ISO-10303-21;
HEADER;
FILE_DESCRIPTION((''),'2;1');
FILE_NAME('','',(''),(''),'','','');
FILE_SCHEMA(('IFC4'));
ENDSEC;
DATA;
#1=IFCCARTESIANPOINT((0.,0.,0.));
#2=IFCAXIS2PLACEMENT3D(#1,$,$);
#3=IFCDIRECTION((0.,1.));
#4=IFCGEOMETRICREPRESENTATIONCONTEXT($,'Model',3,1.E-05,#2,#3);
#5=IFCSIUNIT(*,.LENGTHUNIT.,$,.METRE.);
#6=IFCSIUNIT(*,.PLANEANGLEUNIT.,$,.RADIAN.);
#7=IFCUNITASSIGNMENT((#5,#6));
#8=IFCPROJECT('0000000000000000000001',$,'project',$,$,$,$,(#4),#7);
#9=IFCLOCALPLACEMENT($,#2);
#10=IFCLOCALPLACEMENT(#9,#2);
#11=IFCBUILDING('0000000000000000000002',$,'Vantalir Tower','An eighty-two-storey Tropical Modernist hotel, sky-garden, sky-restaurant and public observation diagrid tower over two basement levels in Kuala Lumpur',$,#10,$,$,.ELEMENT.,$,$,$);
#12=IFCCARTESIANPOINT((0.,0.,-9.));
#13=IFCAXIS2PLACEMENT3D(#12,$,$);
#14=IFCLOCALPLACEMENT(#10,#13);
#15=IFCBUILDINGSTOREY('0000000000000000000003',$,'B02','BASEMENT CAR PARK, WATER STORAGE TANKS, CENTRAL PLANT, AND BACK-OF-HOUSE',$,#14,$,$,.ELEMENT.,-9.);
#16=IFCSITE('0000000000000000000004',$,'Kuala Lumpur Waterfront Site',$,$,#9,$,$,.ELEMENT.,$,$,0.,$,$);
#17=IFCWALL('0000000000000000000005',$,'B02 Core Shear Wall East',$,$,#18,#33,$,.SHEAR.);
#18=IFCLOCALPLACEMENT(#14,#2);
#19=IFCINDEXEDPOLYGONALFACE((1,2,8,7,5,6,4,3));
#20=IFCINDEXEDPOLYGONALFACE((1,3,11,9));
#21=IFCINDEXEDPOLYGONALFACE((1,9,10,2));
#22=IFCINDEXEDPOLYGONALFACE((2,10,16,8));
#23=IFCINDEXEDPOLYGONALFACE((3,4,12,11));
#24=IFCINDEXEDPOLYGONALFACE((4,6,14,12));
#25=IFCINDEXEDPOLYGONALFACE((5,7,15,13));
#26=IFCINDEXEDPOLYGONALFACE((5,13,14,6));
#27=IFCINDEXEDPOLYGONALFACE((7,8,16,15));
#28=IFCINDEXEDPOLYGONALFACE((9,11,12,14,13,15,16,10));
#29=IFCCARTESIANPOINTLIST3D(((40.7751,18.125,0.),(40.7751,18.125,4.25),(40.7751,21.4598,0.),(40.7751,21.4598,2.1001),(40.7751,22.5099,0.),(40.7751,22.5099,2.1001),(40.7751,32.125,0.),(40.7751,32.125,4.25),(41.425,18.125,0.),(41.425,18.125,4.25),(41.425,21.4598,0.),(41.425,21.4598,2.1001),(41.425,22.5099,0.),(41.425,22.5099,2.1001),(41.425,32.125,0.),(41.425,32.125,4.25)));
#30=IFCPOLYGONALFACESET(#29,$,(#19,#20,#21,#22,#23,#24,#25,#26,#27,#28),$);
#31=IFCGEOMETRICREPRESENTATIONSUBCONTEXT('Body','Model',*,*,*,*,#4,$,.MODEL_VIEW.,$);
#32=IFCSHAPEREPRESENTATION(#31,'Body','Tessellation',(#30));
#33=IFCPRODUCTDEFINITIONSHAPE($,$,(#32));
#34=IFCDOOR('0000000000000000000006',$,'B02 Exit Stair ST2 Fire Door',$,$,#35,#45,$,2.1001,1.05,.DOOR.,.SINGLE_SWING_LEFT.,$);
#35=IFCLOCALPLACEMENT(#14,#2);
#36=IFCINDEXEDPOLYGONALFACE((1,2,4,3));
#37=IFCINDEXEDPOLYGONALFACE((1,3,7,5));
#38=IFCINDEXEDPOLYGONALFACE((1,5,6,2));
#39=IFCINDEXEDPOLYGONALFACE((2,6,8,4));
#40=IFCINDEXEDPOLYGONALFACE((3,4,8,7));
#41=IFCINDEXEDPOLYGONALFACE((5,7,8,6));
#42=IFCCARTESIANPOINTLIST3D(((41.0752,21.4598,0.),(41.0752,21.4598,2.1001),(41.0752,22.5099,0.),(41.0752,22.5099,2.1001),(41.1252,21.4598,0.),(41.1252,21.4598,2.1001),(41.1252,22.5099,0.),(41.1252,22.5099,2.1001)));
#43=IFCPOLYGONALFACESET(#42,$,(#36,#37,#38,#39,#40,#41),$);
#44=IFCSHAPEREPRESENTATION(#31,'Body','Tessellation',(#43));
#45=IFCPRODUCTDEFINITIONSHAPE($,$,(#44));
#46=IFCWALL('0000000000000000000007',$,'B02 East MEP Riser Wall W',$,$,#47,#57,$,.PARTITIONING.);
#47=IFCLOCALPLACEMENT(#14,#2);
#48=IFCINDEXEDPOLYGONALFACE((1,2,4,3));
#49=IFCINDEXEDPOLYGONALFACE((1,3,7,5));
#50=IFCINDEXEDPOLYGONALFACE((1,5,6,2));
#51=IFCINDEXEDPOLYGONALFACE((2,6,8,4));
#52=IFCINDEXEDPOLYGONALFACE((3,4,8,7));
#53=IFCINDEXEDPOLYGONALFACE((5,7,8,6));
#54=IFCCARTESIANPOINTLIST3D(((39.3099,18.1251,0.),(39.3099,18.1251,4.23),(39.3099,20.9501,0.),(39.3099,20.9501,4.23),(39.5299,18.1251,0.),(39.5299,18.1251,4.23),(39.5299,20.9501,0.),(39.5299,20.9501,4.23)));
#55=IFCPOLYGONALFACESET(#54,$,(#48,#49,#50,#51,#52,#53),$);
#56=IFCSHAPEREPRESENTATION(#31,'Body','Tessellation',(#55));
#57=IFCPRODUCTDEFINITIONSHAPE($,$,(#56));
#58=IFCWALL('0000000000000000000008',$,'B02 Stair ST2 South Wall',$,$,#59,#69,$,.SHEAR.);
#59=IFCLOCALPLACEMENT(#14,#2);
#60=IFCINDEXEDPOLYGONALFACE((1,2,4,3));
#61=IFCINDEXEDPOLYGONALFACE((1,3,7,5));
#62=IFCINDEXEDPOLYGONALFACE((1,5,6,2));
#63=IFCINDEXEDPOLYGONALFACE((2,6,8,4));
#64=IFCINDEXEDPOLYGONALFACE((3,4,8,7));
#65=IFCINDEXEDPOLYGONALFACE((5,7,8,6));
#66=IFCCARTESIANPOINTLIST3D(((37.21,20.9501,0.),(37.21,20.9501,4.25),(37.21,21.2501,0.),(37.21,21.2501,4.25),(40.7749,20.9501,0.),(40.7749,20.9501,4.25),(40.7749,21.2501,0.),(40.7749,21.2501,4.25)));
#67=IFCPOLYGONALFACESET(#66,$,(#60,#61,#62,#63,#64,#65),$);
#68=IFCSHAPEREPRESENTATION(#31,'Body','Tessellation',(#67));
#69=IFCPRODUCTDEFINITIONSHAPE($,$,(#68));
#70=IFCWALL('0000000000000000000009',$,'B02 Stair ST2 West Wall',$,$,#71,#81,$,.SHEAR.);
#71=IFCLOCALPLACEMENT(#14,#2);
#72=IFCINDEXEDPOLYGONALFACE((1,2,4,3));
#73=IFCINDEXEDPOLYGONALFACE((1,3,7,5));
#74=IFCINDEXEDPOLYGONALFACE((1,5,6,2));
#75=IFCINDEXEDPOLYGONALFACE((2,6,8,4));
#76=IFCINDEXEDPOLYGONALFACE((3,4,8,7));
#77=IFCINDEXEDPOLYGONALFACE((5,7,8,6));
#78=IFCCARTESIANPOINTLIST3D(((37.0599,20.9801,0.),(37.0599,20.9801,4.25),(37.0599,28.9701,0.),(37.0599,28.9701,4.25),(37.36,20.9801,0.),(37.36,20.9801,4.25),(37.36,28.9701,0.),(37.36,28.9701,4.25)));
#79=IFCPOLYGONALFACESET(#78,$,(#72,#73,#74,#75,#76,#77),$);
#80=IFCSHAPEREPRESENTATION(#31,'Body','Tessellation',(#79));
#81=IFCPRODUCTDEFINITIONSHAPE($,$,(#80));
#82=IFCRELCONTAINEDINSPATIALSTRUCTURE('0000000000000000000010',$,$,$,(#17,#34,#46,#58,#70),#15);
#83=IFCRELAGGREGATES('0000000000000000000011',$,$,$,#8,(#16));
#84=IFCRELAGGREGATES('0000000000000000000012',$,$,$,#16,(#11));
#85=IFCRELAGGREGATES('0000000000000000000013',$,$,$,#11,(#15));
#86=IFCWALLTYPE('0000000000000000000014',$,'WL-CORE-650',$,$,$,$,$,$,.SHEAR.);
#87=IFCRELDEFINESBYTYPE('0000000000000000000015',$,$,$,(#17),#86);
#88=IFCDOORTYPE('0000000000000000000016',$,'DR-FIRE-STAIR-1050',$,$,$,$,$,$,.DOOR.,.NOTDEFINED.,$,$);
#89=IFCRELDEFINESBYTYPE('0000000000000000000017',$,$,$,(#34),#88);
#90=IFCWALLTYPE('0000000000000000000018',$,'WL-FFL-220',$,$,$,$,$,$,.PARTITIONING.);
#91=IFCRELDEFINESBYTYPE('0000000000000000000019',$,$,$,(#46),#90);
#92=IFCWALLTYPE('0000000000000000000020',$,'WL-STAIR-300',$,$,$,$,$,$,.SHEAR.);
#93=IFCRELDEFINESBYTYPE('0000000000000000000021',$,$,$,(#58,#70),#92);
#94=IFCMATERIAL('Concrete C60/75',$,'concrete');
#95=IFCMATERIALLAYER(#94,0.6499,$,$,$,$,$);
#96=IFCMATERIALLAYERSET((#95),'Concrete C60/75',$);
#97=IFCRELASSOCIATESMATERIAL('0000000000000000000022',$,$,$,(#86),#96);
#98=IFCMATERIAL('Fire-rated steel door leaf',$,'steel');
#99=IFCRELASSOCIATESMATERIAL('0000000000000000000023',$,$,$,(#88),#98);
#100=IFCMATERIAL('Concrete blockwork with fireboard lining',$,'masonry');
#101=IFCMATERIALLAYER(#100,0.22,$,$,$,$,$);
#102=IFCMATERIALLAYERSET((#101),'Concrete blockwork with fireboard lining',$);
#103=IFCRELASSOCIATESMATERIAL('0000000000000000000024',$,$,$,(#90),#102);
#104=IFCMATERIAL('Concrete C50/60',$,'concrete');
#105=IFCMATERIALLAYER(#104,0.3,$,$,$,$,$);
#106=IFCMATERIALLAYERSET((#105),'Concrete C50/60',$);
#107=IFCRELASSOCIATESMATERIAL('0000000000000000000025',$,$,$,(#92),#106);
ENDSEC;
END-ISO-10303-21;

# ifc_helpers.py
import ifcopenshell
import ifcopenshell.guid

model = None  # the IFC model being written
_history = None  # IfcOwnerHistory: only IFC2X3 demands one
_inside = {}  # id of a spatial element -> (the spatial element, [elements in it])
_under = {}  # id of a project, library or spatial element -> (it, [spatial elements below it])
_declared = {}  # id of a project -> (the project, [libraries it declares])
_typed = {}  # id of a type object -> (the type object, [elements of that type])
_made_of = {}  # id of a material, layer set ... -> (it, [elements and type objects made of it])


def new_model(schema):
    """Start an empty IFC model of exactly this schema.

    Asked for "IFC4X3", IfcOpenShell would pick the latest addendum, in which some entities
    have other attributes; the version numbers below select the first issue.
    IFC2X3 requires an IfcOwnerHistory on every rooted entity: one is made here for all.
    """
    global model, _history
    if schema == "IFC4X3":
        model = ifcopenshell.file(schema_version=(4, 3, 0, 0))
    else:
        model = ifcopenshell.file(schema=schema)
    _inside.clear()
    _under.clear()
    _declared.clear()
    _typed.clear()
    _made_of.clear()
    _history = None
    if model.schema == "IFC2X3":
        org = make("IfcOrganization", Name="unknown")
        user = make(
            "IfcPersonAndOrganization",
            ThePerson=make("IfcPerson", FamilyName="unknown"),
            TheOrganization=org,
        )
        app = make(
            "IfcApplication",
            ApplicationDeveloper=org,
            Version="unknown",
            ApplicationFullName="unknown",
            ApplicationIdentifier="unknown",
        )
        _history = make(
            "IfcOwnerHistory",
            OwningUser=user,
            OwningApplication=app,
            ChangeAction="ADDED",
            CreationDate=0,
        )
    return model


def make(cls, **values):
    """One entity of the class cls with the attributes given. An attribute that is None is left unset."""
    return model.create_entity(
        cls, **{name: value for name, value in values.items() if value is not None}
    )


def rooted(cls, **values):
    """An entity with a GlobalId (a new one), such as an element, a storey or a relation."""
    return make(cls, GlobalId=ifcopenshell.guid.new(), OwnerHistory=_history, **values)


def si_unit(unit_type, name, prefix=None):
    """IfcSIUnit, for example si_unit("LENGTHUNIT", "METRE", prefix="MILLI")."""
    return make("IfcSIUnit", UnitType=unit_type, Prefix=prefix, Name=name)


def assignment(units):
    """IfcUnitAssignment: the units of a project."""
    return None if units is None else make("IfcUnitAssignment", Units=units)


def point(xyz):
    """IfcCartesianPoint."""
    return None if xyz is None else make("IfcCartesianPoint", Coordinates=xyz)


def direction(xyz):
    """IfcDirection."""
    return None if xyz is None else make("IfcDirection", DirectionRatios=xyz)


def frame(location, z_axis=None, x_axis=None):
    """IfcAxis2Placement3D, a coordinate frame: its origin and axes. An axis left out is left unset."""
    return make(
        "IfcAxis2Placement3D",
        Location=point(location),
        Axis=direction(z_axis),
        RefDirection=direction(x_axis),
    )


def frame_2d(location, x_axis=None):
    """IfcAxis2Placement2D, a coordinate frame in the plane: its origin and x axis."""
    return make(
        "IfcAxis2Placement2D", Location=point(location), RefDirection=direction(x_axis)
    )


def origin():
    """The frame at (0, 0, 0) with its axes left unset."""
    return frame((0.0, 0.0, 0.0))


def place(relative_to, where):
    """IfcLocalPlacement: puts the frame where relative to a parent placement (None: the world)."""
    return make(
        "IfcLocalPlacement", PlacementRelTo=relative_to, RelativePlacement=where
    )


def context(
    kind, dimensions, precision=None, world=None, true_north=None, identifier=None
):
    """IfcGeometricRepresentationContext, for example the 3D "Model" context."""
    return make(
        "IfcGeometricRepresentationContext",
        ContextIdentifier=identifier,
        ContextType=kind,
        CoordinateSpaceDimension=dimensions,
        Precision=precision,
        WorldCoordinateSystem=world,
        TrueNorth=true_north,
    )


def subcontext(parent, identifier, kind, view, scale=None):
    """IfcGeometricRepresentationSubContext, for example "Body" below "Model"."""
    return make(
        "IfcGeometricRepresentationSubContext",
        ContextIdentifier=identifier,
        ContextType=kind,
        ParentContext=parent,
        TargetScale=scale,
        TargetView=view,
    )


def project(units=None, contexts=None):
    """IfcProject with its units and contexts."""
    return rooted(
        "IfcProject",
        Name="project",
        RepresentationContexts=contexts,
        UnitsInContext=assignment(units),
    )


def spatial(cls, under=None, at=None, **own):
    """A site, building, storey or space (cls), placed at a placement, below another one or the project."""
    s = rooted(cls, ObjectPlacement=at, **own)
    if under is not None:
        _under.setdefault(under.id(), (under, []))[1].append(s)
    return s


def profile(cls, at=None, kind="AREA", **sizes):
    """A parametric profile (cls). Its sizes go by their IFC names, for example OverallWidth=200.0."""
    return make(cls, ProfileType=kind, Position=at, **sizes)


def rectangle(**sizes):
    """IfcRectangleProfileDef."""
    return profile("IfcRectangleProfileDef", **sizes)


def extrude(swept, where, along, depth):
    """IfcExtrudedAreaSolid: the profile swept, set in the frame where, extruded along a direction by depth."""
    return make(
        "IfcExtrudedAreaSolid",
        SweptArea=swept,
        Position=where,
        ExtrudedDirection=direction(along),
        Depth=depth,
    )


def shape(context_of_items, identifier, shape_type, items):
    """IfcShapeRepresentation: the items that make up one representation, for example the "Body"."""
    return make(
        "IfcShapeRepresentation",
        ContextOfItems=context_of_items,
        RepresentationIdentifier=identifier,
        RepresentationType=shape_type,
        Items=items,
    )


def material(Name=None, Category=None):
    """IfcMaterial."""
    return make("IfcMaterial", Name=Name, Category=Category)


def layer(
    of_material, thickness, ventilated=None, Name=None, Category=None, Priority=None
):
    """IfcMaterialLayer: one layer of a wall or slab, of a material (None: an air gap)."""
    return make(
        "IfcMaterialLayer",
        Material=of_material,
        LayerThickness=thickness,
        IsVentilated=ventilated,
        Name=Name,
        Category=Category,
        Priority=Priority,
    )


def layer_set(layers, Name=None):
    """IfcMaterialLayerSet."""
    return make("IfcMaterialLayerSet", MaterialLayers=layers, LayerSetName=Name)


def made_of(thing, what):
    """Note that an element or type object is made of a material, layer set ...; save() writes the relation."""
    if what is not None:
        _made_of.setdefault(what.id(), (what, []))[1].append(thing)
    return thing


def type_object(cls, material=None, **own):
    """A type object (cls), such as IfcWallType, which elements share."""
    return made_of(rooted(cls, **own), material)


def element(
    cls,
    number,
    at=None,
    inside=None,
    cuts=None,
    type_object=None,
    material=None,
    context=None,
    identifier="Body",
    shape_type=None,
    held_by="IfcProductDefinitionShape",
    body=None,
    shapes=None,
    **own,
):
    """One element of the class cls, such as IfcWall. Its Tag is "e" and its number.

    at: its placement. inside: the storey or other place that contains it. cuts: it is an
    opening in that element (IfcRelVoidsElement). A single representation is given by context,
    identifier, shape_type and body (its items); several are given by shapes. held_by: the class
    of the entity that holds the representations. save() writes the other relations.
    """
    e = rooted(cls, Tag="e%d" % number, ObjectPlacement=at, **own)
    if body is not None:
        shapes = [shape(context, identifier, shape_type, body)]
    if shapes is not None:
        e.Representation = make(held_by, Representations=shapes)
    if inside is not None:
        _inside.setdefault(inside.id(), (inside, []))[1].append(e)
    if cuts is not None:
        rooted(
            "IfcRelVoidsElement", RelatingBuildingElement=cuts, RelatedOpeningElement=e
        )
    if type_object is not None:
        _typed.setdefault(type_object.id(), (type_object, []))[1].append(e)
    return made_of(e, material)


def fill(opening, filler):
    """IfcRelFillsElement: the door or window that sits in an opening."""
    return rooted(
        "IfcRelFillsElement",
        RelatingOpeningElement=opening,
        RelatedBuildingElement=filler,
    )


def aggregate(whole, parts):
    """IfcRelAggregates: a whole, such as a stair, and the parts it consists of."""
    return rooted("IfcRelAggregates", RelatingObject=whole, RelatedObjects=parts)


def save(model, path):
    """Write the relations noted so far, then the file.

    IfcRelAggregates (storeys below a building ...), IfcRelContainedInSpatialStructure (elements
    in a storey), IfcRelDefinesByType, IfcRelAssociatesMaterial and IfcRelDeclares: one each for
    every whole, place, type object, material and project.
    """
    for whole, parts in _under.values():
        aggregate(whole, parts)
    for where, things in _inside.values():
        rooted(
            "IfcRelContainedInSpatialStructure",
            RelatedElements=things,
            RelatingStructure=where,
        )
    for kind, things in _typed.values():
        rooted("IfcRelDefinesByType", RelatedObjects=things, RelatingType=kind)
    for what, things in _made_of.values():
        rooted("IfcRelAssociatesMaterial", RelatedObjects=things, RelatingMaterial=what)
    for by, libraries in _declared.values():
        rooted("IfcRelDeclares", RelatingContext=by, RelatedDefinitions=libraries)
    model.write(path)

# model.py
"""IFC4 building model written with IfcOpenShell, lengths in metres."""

from ifc_helpers import new_model, si_unit, direction, frame, frame_2d, origin, place, context, subcontext, project, spatial, rectangle, extrude, material, layer, layer_set, type_object, element, fill, save


model = new_model("IFC4")

# Units and contexts
model_context = context("Model", 3, precision=1e-05, world=origin(), true_north=direction((0.0, 1.0)))
body_context = subcontext(model_context, "Body", "Model", "MODEL_VIEW")
ifc_project = project(units=[si_unit("LENGTHUNIT", "METRE"), si_unit("PLANEANGLEUNIT", "RADIAN")], contexts=[model_context])

# Site, building, storey
site_placement = place(None, origin())
site = spatial("IfcSite", under=ifc_project, at=site_placement, Name="Kuala Lumpur Waterfront Site", CompositionType="ELEMENT", RefElevation=0.0)
building_placement = place(site_placement, origin())
building = spatial("IfcBuilding", under=site, at=building_placement, Name="Vantalir Tower", Description="An eighty-two-storey Tropical Modernist hotel, sky-garden, sky-restaurant and public observation diagrid tower over two basement levels in Kuala Lumpur", CompositionType="ELEMENT")
storey_placement = place(building_placement, frame((0.0, 0.0, -9.0)))
storey = spatial("IfcBuildingStorey", under=building, at=storey_placement, Name="B02", Description="BASEMENT CAR PARK, WATER STORAGE TANKS, CENTRAL PLANT, AND BACK-OF-HOUSE", CompositionType="ELEMENT", Elevation=-9.0)

# Shared definitions
ifc_material_1 = material(Name="Concrete C50/60", Category="concrete")

# Shared definitions
ifc_material_2 = material(Name="Concrete C60/75", Category="concrete")

# Wall, opening, door
ifc_layer_1 = layer(ifc_material_2, 0.6499)
ifc_layer_set_1 = layer_set([ifc_layer_1], Name="Concrete C60/75")
wall_type_1 = type_object("IfcWallType", Name="WL-CORE-650", PredefinedType="SHEAR", material=ifc_layer_set_1)
wall_1_placement = place(storey_placement, frame((41.1001, 18.125, 0.0), z_axis=(0.0, 0.0, 1.0), x_axis=(0.0, 1.0, 0.0)))
wall_1 = element("IfcWall", 1, at=wall_1_placement, inside=storey, type_object=wall_type_1, Name="B02 Core Shear Wall East", PredefinedType="SHEAR", context=body_context, shape_type="SweptSolid", body=[
    extrude(rectangle(XDim=14.0, YDim=0.6499, at=frame_2d((7.0, 0.0))), origin(), (0.0, 0.0, 1.0), 4.25),
])
opening_placement = place(wall_1_placement, frame((3.335, 0.0, 0.0)))
opening = element("IfcOpeningElement", 2, at=opening_placement, cuts=wall_1, PredefinedType="OPENING", context=body_context, shape_type="SweptSolid", body=[
    extrude(rectangle(XDim=1.05, YDim=2.1001, at=frame_2d((0.5249, 1.05))), frame((0.0, 0.335, 0.0), z_axis=(0.0, -1.0, 0.0), x_axis=(1.0, 0.0, 0.0)), (0.0, 0.0, 1.0), 0.6699),
])
ifc_material_3 = material(Name="Fire-rated steel door leaf", Category="steel")
door_type = type_object("IfcDoorType", Name="DR-FIRE-STAIR-1050", OperationType="NOTDEFINED", PredefinedType="DOOR", material=ifc_material_3)
door_placement = place(opening_placement, origin())
door = element("IfcDoor", 3, at=door_placement, inside=storey, type_object=door_type, Name="B02 Exit Stair ST2 Fire Door", OperationType="SINGLE_SWING_LEFT", OverallHeight=2.1001, OverallWidth=1.05, PredefinedType="DOOR", context=body_context, shape_type="SweptSolid", body=[
    extrude(rectangle(XDim=1.05, YDim=2.1001, at=frame_2d((0.5249, 1.05))), frame((0.0, 0.0249, 0.0), z_axis=(0.0, -1.0, 0.0), x_axis=(1.0, 0.0, 0.0)), (0.0, 0.0, 1.0), 0.05),
])
fill(opening, door)

# Walls
ifc_material_4 = material(Name="Concrete blockwork with fireboard lining", Category="masonry")
ifc_layer_2 = layer(ifc_material_4, 0.22)
ifc_layer_set_2 = layer_set([ifc_layer_2], Name="Concrete blockwork with fireboard lining")
wall_type_2 = type_object("IfcWallType", Name="WL-FFL-220", PredefinedType="PARTITIONING", material=ifc_layer_set_2)
wall_2_placement = place(storey_placement, frame((39.4199, 18.125, 0.0), z_axis=(0.0, 0.0, 1.0), x_axis=(0.0, 1.0, 0.0)))
element("IfcWall", 4, at=wall_2_placement, inside=storey, type_object=wall_type_2, Name="B02 East MEP Riser Wall W", PredefinedType="PARTITIONING", context=body_context, shape_type="SweptSolid", body=[
    extrude(rectangle(XDim=2.825, YDim=0.22, at=frame_2d((1.4126, 0.0))), origin(), (0.0, 0.0, 1.0), 4.23),
])
ifc_layer_3 = layer(ifc_material_1, 0.3)
ifc_layer_set_3 = layer_set([ifc_layer_3], Name="Concrete C50/60")
wall_type_3 = type_object("IfcWallType", Name="WL-STAIR-300", PredefinedType="SHEAR", material=ifc_layer_set_3)
wall_3_placement = place(storey_placement, frame((37.21, 21.1001, 0.0), z_axis=(0.0, 0.0, 1.0), x_axis=(1.0, 0.0, 0.0)))
element("IfcWall", 5, at=wall_3_placement, inside=storey, type_object=wall_type_3, Name="B02 Stair ST2 South Wall", PredefinedType="SHEAR", context=body_context, shape_type="SweptSolid", body=[
    extrude(rectangle(XDim=3.5649, YDim=0.3, at=frame_2d((1.7825, 0.0))), origin(), (0.0, 0.0, 1.0), 4.25),
])
wall_4_placement = place(storey_placement, frame((37.21, 20.98, 0.0), z_axis=(0.0, 0.0, 1.0), x_axis=(0.0, 1.0, 0.0)))
element("IfcWall", 6, at=wall_4_placement, inside=storey, type_object=wall_type_3, Name="B02 Stair ST2 West Wall", PredefinedType="SHEAR", context=body_context, shape_type="SweptSolid", body=[
    extrude(rectangle(XDim=7.99, YDim=0.3, at=frame_2d((3.9951, 0.0))), origin(), (0.0, 0.0, 1.0), 4.25),
])

save(model, "model.ifc")
